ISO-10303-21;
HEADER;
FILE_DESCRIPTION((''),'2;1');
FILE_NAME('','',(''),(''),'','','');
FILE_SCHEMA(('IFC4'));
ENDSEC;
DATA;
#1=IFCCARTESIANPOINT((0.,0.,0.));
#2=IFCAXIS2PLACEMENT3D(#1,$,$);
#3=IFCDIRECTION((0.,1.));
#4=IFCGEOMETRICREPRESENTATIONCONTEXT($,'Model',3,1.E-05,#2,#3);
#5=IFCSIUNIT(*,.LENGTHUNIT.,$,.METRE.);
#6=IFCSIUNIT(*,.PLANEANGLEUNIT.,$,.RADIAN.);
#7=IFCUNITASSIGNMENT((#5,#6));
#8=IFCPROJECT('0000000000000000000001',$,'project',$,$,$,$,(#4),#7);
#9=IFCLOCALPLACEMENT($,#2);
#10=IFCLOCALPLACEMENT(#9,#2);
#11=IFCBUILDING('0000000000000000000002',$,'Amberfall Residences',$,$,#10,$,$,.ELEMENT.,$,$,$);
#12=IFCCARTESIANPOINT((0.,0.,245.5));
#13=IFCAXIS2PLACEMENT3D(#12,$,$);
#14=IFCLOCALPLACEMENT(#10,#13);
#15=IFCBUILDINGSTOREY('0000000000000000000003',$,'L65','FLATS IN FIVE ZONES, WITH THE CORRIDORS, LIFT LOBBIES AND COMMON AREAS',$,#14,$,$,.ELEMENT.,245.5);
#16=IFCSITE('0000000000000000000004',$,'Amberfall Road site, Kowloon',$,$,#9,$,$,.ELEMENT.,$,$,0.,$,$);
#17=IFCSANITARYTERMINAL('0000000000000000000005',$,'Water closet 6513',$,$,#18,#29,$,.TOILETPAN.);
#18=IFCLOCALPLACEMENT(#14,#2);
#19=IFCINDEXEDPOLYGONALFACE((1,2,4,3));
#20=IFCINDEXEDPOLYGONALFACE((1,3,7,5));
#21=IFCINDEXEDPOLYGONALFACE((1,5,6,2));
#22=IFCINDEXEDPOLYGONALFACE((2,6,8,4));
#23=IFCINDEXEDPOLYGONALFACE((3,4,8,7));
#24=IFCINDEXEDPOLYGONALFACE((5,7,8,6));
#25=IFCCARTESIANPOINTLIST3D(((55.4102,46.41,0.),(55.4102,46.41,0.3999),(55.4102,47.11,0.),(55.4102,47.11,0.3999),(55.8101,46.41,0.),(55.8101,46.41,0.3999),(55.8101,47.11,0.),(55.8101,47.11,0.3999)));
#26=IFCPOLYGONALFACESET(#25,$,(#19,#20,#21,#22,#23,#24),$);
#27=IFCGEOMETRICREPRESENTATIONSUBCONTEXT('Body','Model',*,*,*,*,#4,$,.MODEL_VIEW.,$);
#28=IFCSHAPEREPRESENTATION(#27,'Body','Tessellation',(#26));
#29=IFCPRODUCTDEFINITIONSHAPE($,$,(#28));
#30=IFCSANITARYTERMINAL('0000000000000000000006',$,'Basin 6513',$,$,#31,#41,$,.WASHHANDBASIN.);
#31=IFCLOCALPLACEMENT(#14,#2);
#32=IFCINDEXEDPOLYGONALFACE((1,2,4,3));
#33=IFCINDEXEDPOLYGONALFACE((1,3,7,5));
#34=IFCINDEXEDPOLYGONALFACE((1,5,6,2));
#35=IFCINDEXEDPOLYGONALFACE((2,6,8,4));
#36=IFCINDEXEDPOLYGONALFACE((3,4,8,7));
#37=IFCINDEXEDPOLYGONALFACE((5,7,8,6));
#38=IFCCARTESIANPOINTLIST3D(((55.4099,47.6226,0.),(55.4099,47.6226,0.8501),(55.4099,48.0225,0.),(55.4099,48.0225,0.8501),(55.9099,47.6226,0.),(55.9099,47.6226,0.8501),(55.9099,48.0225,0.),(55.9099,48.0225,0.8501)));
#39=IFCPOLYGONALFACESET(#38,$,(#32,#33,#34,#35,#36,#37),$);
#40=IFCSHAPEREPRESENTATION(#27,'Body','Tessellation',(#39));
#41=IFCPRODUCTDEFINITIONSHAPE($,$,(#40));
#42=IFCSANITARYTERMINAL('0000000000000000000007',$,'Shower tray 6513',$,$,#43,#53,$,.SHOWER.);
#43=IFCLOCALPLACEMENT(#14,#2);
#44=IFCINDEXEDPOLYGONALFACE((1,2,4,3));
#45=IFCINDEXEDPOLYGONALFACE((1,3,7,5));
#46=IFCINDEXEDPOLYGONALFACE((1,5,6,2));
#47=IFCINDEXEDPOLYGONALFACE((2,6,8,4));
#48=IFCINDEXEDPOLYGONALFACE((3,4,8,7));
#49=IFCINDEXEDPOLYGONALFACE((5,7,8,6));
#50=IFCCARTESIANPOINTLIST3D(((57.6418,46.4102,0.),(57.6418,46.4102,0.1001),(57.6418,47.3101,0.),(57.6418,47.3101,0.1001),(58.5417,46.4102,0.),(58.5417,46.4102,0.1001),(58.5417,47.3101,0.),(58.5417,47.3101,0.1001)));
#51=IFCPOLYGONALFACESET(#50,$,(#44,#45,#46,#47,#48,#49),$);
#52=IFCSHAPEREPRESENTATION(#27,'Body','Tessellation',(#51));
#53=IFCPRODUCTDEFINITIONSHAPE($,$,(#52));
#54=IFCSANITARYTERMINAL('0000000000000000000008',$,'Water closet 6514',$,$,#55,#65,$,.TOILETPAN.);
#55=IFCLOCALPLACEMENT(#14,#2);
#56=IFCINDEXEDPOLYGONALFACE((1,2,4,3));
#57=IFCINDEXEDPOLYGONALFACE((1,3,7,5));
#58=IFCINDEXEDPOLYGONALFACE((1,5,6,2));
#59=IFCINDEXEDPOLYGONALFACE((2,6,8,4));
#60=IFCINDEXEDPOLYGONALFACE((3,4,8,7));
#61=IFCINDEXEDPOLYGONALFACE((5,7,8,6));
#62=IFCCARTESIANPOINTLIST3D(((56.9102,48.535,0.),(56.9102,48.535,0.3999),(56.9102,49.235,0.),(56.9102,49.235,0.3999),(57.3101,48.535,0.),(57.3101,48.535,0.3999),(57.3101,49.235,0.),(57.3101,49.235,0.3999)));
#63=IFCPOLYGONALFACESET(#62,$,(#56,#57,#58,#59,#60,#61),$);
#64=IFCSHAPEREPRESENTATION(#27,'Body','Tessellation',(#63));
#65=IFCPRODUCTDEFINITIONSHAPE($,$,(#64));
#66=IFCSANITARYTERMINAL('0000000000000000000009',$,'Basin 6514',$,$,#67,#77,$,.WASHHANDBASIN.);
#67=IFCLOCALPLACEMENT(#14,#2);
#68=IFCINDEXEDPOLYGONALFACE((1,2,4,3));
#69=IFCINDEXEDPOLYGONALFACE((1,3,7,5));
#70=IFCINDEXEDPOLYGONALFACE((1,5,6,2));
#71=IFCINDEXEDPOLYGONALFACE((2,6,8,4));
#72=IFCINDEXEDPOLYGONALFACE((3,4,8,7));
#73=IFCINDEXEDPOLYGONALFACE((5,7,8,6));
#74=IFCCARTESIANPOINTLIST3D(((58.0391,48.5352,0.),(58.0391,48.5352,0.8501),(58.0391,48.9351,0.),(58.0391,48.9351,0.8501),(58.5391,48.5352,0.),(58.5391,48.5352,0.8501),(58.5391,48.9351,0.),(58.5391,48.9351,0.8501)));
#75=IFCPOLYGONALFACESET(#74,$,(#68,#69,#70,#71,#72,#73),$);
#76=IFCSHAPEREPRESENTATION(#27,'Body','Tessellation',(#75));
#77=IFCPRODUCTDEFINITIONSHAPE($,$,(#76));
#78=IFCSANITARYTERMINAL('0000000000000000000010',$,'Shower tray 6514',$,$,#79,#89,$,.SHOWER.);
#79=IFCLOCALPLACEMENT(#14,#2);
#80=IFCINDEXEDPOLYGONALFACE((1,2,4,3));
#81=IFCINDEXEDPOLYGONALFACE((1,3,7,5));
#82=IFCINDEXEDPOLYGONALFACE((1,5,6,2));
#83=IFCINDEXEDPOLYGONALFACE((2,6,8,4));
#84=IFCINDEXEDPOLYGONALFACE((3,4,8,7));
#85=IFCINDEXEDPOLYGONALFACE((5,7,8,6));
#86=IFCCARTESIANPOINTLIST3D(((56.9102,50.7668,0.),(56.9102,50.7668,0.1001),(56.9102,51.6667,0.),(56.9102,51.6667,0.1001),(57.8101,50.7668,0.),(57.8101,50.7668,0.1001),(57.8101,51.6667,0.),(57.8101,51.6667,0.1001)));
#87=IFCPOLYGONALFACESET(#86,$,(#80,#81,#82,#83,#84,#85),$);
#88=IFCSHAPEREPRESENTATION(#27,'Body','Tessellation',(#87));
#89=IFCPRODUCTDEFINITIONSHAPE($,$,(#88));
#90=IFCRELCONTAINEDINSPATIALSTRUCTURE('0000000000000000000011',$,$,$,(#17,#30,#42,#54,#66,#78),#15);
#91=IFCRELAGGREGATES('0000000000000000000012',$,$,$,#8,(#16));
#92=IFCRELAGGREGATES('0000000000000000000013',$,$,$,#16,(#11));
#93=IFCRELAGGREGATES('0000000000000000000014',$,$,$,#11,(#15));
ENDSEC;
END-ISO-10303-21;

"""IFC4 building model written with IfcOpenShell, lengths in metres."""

from ifc_helpers import new_model, si_unit, direction, frame, origin, origin_2d, place, context, subcontext, project, spatial, rectangle, extrude, element, save


model = new_model("IFC4")

# Units and contexts
model_context = context("Model", 3, precision=1e-05, world=origin(), true_north=direction((0.0, 1.0)))
body_context = subcontext(model_context, "Body", "Model", "MODEL_VIEW")
ifc_project = project(units=[si_unit("LENGTHUNIT", "METRE"), si_unit("PLANEANGLEUNIT", "RADIAN")], contexts=[model_context])

# Site, building, storey
site_placement = place(None, origin())
site = spatial("IfcSite", under=ifc_project, at=site_placement, Name="Amberfall Road site, Kowloon", CompositionType="ELEMENT", RefElevation=0.0)
building_placement = place(site_placement, origin())
building = spatial("IfcBuilding", under=site, at=building_placement, Name="Amberfall Residences", CompositionType="ELEMENT")
storey_placement = place(building_placement, frame((0.0, 0.0, 245.5)))
storey = spatial("IfcBuildingStorey", under=building, at=storey_placement, Name="L65", Description="FLATS IN FIVE ZONES, WITH THE CORRIDORS, LIFT LOBBIES AND COMMON AREAS", CompositionType="ELEMENT", Elevation=245.5)

# Sanitary terminals
sanitary_terminal_1_placement = place(storey_placement, frame((55.6101, 46.76, 0.0), z_axis=(0.0, 0.0, 1.0), x_axis=(1.0, 0.0, 0.0)))
element("IfcSanitaryTerminal", 1, at=sanitary_terminal_1_placement, inside=storey, Name="Water closet 6513", PredefinedType="TOILETPAN", context=body_context, shape_type="SweptSolid", body=[
    extrude(rectangle(XDim=0.3999, YDim=0.7, at=origin_2d()), origin(), (0.0, 0.0, 1.0), 0.3999),
])
sanitary_terminal_2_placement = place(storey_placement, frame((55.6599, 47.8225, 0.0), z_axis=(0.0, 0.0, 1.0), x_axis=(1.0, 0.0, 0.0)))
element("IfcSanitaryTerminal", 2, at=sanitary_terminal_2_placement, inside=storey, Name="Basin 6513", PredefinedType="WASHHANDBASIN", context=body_context, shape_type="SweptSolid", body=[
    extrude(rectangle(XDim=0.5, YDim=0.3999, at=origin_2d()), origin(), (0.0, 0.0, 1.0), 0.8501),
])
sanitary_terminal_3_placement = place(storey_placement, frame((58.0918, 46.8601, 0.0), z_axis=(0.0, 0.0, 1.0), x_axis=(1.0, 0.0, 0.0)))
element("IfcSanitaryTerminal", 3, at=sanitary_terminal_3_placement, inside=storey, Name="Shower tray 6513", PredefinedType="SHOWER", context=body_context, shape_type="SweptSolid", body=[
    extrude(rectangle(XDim=0.8999, YDim=0.8999, at=origin_2d()), origin(), (0.0, 0.0, 1.0), 0.1001),
])
sanitary_terminal_4_placement = place(storey_placement, frame((57.1101, 48.885, 0.0), z_axis=(0.0, 0.0, 1.0), x_axis=(1.0, 0.0, 0.0)))
element("IfcSanitaryTerminal", 4, at=sanitary_terminal_4_placement, inside=storey, Name="Water closet 6514", PredefinedType="TOILETPAN", context=body_context, shape_type="SweptSolid", body=[
    extrude(rectangle(XDim=0.3999, YDim=0.7, at=origin_2d()), origin(), (0.0, 0.0, 1.0), 0.3999),
])
sanitary_terminal_5_placement = place(storey_placement, frame((58.2891, 48.7351, 0.0), z_axis=(0.0, 0.0, 1.0), x_axis=(1.0, 0.0, 0.0)))
element("IfcSanitaryTerminal", 5, at=sanitary_terminal_5_placement, inside=storey, Name="Basin 6514", PredefinedType="WASHHANDBASIN", context=body_context, shape_type="SweptSolid", body=[
    extrude(rectangle(XDim=0.5, YDim=0.3999, at=origin_2d()), origin(), (0.0, 0.0, 1.0), 0.8501),
])
sanitary_terminal_6_placement = place(storey_placement, frame((57.3601, 51.2168, 0.0), z_axis=(0.0, 0.0, 1.0), x_axis=(1.0, 0.0, 0.0)))
element("IfcSanitaryTerminal", 6, at=sanitary_terminal_6_placement, inside=storey, Name="Shower tray 6514", PredefinedType="SHOWER", context=body_context, shape_type="SweptSolid", body=[
    extrude(rectangle(XDim=0.8999, YDim=0.8999, at=origin_2d()), origin(), (0.0, 0.0, 1.0), 0.1001),
])

save(model, "model.ifc")
